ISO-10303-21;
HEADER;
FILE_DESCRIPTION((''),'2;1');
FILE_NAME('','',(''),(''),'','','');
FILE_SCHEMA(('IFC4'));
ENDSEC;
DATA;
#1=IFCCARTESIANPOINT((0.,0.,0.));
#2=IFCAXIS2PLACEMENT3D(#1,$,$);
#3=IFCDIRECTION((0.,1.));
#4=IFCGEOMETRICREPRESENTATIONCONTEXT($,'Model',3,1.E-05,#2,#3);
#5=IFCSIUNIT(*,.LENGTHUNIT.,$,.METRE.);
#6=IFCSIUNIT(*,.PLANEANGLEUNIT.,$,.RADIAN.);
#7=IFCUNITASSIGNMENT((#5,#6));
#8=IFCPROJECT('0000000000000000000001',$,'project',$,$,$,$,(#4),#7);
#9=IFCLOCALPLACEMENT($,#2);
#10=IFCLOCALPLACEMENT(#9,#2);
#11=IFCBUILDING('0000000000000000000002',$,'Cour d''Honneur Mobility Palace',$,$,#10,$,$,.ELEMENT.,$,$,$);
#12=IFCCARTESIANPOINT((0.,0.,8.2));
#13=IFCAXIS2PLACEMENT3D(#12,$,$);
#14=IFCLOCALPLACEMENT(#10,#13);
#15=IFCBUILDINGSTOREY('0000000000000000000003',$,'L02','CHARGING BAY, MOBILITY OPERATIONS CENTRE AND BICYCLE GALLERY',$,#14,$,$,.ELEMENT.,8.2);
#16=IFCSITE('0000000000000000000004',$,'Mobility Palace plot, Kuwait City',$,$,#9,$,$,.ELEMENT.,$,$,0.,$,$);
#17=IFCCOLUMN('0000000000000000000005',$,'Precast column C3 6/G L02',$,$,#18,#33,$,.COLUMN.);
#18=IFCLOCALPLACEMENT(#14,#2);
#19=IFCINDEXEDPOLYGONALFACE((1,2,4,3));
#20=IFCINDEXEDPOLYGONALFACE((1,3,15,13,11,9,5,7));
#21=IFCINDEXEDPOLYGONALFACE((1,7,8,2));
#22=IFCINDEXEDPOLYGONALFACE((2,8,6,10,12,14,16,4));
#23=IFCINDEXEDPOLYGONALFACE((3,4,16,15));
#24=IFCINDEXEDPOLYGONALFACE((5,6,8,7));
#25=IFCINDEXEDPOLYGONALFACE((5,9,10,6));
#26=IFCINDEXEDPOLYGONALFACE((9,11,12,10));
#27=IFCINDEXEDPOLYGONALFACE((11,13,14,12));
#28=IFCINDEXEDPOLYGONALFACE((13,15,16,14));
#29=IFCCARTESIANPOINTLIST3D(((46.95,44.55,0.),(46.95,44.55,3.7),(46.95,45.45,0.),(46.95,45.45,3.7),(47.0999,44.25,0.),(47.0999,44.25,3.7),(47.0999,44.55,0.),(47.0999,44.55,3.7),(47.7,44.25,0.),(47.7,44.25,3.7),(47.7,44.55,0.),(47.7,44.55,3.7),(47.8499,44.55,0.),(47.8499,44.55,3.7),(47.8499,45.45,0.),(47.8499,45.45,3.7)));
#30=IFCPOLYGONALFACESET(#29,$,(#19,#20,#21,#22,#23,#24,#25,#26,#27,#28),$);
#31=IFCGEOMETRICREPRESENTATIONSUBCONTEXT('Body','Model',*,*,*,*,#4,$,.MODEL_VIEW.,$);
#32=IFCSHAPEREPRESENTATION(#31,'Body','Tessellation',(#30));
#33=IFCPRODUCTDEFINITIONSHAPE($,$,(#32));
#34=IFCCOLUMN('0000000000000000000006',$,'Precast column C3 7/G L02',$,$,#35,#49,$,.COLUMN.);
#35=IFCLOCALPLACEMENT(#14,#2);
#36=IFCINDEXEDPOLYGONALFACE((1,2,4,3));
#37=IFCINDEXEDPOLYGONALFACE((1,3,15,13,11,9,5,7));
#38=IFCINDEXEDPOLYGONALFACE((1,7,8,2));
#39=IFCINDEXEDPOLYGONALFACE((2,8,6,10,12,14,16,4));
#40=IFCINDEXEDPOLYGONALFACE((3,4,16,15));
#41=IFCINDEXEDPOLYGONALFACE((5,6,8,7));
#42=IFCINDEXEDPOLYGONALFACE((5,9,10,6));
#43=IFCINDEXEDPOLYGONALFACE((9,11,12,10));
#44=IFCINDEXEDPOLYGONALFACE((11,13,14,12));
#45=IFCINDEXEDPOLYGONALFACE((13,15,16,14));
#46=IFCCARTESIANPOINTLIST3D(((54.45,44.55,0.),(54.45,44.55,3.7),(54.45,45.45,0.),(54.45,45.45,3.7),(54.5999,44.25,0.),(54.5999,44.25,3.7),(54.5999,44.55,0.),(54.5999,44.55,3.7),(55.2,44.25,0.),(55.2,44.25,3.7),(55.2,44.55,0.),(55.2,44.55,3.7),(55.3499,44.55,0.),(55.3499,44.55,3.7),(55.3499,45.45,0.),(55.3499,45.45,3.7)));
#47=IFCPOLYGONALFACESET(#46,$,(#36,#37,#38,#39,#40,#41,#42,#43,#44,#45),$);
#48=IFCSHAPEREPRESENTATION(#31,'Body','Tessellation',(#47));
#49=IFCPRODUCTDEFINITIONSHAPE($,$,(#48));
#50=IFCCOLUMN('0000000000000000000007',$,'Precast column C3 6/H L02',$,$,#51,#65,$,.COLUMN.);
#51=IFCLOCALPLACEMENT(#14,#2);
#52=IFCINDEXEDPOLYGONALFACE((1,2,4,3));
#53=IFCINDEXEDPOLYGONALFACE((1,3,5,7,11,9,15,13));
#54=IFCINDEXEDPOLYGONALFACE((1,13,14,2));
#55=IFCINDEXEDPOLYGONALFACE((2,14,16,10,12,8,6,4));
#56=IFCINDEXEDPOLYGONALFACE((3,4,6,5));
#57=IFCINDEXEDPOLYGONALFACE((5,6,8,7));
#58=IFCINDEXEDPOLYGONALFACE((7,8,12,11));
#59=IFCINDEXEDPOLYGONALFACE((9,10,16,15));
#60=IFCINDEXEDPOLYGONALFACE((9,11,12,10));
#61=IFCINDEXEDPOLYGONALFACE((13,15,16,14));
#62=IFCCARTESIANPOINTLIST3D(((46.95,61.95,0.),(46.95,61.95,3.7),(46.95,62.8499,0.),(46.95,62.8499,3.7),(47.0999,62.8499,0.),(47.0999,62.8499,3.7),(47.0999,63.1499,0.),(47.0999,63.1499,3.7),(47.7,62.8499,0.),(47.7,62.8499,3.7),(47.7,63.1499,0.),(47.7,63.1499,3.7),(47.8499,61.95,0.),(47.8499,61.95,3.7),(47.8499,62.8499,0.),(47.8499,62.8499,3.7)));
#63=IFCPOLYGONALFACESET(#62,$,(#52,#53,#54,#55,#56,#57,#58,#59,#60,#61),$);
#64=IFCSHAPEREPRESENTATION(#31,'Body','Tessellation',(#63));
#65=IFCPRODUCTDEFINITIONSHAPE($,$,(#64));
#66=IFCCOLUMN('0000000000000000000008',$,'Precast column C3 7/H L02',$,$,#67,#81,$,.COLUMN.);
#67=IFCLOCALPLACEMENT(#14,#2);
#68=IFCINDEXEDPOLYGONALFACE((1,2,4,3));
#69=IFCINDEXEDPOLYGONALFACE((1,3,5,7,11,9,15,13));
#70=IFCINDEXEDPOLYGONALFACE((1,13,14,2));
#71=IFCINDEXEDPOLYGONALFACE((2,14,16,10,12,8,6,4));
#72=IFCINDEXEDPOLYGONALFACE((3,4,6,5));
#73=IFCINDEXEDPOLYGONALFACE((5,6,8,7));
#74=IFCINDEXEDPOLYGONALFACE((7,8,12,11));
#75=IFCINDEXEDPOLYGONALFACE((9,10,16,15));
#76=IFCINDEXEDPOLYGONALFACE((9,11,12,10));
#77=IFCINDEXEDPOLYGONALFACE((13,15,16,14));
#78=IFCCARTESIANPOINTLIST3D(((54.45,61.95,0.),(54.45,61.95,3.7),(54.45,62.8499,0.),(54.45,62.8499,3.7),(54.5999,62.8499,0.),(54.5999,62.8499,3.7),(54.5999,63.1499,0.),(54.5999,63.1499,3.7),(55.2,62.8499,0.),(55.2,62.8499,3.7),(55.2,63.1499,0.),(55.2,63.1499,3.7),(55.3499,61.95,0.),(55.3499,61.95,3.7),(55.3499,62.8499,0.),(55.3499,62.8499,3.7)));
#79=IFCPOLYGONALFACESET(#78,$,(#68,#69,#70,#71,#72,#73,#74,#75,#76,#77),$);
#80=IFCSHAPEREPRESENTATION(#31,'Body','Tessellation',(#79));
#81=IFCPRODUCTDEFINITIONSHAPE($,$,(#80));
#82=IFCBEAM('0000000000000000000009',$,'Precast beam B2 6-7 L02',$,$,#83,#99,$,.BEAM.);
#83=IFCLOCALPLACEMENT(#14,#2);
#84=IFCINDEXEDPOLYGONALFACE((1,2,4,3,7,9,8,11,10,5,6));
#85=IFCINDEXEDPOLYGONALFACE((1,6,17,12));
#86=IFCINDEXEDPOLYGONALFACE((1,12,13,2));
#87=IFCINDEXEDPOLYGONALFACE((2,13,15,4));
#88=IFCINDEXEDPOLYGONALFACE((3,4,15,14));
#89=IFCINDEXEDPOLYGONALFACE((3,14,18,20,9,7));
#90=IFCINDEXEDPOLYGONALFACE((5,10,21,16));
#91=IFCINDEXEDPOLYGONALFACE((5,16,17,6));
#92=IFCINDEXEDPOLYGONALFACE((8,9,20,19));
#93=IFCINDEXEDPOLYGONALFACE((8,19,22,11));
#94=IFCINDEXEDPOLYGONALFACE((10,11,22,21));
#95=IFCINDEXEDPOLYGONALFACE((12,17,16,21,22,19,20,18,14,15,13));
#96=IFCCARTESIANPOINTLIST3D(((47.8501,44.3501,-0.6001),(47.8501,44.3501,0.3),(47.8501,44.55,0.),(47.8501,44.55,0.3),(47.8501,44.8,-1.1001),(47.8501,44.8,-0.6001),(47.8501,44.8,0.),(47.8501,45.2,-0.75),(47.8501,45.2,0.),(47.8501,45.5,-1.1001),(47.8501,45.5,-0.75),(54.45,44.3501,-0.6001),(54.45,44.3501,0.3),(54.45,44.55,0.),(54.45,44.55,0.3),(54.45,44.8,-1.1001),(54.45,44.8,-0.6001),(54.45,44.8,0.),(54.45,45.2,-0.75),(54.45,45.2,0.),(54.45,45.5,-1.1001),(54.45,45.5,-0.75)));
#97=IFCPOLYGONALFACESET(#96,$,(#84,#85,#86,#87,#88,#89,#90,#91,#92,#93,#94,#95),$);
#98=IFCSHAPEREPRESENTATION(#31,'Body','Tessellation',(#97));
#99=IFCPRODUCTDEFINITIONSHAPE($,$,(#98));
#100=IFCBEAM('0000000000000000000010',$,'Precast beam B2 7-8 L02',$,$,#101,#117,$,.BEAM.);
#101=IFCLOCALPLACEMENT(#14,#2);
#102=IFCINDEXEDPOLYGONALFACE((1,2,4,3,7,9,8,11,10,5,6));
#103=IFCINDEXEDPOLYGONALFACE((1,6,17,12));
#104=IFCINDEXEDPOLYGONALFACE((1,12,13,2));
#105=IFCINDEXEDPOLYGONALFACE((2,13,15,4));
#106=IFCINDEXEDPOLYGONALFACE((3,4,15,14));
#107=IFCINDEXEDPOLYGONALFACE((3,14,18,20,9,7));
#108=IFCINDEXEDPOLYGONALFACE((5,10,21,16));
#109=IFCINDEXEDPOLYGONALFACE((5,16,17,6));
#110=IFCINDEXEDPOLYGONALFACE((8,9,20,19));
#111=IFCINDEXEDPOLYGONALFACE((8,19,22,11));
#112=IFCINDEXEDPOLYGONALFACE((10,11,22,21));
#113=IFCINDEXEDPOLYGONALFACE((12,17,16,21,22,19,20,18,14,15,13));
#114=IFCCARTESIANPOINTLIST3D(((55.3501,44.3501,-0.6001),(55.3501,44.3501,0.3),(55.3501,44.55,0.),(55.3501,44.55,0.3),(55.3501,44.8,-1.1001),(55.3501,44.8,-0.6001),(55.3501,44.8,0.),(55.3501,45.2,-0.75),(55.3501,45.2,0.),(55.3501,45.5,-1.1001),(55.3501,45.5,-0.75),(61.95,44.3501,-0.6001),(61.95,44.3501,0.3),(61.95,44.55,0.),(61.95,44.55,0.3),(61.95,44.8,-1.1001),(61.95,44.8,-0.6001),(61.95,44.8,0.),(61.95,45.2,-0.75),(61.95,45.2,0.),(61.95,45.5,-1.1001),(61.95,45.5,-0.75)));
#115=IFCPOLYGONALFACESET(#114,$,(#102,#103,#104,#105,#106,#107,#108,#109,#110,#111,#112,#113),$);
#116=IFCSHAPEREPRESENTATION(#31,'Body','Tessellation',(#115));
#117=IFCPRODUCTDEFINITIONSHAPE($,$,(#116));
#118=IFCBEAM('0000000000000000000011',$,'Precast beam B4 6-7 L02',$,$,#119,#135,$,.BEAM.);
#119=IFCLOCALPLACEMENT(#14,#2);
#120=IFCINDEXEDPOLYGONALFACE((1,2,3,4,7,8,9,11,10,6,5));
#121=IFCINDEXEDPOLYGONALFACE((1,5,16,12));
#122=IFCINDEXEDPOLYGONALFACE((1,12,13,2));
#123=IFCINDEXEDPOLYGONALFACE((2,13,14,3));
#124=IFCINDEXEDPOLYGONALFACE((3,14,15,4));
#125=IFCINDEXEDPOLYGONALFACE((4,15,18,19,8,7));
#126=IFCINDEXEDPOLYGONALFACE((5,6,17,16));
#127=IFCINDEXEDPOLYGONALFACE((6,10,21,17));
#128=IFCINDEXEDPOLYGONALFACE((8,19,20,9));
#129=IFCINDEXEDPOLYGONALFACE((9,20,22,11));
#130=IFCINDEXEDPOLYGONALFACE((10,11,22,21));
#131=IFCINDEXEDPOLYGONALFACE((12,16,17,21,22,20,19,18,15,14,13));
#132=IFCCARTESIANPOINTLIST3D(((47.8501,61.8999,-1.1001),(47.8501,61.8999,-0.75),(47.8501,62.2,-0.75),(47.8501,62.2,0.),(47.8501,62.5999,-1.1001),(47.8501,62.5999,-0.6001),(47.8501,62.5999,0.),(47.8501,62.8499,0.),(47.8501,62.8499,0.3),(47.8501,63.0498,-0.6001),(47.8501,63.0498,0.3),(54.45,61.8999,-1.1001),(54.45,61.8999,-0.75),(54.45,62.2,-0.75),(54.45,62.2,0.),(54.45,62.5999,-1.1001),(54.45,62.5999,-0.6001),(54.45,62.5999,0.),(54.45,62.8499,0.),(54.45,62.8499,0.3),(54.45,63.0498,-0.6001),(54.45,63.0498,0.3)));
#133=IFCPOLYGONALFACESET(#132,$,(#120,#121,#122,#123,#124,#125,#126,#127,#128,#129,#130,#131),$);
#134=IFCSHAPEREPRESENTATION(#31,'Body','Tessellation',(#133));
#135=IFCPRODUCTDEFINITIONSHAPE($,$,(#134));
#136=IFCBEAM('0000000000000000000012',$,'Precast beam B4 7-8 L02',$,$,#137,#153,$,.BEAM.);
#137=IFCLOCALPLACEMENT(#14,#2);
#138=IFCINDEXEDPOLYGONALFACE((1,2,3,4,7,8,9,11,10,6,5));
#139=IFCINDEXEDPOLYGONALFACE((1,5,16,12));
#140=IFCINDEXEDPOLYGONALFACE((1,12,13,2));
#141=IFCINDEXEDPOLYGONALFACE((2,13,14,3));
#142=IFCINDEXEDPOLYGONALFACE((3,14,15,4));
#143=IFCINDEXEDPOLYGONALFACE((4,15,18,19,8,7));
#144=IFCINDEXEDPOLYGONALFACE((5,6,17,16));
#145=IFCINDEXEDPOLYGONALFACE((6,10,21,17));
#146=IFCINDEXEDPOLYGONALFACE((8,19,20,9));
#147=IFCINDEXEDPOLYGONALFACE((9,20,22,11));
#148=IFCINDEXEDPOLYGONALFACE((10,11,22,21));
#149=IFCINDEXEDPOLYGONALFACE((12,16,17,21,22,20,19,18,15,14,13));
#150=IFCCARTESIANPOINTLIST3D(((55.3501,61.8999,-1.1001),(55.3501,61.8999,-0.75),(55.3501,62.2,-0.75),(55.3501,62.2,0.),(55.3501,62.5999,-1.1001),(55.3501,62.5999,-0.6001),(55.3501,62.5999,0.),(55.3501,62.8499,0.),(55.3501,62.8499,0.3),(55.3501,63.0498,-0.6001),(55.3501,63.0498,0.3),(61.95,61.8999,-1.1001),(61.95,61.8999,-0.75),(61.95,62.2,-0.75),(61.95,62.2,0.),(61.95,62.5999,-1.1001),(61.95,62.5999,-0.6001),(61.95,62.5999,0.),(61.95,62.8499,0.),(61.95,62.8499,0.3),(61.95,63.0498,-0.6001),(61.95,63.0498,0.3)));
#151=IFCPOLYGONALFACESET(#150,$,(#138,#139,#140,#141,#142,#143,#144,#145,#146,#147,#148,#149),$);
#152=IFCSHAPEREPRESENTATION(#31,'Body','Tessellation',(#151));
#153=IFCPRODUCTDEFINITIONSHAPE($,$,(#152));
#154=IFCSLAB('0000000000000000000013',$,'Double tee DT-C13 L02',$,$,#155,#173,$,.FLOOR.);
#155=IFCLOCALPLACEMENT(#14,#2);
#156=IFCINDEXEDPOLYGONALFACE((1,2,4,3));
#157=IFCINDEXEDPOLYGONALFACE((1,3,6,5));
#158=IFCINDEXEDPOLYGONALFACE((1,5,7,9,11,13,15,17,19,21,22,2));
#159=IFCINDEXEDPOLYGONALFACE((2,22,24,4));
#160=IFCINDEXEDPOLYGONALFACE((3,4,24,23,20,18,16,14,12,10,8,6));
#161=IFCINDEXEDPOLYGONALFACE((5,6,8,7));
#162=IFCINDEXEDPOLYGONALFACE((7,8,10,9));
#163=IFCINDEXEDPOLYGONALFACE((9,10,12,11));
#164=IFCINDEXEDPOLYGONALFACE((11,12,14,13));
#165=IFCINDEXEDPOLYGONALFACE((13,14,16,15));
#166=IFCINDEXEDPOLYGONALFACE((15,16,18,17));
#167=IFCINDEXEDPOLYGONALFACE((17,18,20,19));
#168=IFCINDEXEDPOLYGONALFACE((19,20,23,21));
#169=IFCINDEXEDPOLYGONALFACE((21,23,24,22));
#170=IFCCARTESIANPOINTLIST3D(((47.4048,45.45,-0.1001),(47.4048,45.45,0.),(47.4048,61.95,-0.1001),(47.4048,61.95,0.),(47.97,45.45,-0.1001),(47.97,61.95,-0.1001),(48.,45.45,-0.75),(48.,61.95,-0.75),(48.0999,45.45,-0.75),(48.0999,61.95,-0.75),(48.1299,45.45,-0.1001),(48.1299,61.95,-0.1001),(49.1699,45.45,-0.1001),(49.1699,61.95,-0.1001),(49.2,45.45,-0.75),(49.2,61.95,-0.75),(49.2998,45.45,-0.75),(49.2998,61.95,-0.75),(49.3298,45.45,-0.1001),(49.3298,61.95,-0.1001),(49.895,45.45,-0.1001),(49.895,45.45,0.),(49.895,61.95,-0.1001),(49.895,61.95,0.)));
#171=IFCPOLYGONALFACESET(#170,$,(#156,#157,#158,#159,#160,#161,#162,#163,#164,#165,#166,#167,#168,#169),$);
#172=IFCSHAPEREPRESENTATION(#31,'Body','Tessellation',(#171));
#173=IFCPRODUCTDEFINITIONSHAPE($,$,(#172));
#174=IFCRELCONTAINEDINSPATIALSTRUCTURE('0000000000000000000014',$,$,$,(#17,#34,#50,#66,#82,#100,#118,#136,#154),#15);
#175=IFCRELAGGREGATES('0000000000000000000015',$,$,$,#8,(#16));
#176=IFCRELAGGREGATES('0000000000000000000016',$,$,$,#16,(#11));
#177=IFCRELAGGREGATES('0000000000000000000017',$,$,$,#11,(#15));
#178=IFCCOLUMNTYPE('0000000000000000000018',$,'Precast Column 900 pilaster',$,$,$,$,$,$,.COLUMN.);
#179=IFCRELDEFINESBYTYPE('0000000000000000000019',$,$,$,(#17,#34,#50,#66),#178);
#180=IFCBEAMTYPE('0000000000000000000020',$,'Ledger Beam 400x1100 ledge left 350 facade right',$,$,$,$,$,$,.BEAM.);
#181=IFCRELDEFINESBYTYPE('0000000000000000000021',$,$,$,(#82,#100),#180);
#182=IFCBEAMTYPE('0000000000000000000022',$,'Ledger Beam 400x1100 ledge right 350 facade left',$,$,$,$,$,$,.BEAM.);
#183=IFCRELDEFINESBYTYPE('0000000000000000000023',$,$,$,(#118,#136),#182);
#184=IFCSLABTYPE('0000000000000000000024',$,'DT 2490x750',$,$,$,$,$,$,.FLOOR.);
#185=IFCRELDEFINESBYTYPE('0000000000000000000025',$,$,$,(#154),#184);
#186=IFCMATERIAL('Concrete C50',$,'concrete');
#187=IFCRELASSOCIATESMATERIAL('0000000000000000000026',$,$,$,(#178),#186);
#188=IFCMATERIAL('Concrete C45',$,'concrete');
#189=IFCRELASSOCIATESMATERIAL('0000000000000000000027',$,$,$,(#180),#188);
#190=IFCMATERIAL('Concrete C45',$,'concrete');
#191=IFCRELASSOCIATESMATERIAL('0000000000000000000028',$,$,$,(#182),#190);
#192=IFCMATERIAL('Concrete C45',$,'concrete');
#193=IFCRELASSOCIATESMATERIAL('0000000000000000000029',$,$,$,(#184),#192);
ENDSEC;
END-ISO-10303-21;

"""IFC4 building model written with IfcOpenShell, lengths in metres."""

from ifc_helpers import new_model, si_unit, direction, frame, origin, place, context, subcontext, project, spatial, polyline, outline, extrude, material, material_profile, profile_set, type_object, element, save


model = new_model("IFC4")

# Units and contexts
model_context = context("Model", 3, precision=1e-05, world=origin(), true_north=direction((0.0, 1.0)))
body_context = subcontext(model_context, "Body", "Model", "MODEL_VIEW")
ifc_project = project(units=[si_unit("LENGTHUNIT", "METRE"), si_unit("PLANEANGLEUNIT", "RADIAN")], contexts=[model_context])

# Site, building, storey
site_placement = place(None, origin())
site = spatial("IfcSite", under=ifc_project, at=site_placement, Name="Mobility Palace plot, Kuwait City", CompositionType="ELEMENT", RefElevation=0.0)
building_placement = place(site_placement, origin())
building = spatial("IfcBuilding", under=site, at=building_placement, Name="Cour d'Honneur Mobility Palace", CompositionType="ELEMENT")
storey_placement = place(building_placement, frame((0.0, 0.0, 8.2)))
storey = spatial("IfcBuildingStorey", under=building, at=storey_placement, Name="L02", Description="CHARGING BAY, MOBILITY OPERATIONS CENTRE AND BICYCLE GALLERY", CompositionType="ELEMENT", Elevation=8.2)

# Columns
ifc_material_1 = material(Name="Concrete C50", Category="concrete")
ifc_material_profile_1 = material_profile(ifc_material_1, outline(polyline([(-0.45, -0.45), (0.45, -0.45), (0.45, -0.3), (0.75, -0.3), (0.75, 0.3), (0.45, 0.3), (0.45, 0.45), (-0.45, 0.45), (-0.45, -0.45)])), Name="PC C900 pilaster")
ifc_profile_set_1 = profile_set([ifc_material_profile_1], Name="Concrete C50")
column_type = type_object("IfcColumnType", Name="Precast Column 900 pilaster", PredefinedType="COLUMN", material=ifc_profile_set_1)
for number, where, z_axis, x_axis, name in (
    (1, (47.3999, 45.0, 0.0), (0.0, 0.0, 1.0), (0.0, -1.0, 0.0), "Precast column C3 6/G L02"),
    (2, (54.8999, 45.0, 0.0), (0.0, 0.0, 1.0), (0.0, -1.0, 0.0), "Precast column C3 7/G L02"),
    (3, (47.3999, 62.3999, 0.0), (0.0, 0.0, 1.0), (0.0, 1.0, 0.0), "Precast column C3 6/H L02"),
    (4, (54.8999, 62.3999, 0.0), (0.0, 0.0, 1.0), (0.0, 1.0, 0.0), "Precast column C3 7/H L02"),
):
    element("IfcColumn", number, at=place(storey_placement, frame(where, z_axis=z_axis, x_axis=x_axis)), inside=storey, type_object=column_type, Name=name, PredefinedType="COLUMN", context=body_context, shape_type="SweptSolid", body=[
        extrude(outline(polyline([(-0.45, -0.45), (0.45, -0.45), (0.45, -0.3), (0.75, -0.3), (0.75, 0.3), (0.45, 0.3), (0.45, 0.45), (-0.45, 0.45), (-0.45, -0.45)])), origin(), (0.0, 0.0, 1.0), 3.7),
    ])

# Beams
ifc_material_2 = material(Name="Concrete C45", Category="concrete")
ifc_material_profile_2 = material_profile(ifc_material_2, outline(polyline([(0.5, -1.1001), (0.5, -0.75), (0.2, -0.75), (0.2, 0.0), (-0.2, 0.0), (-0.45, 0.0), (-0.45, 0.3), (-0.6499, 0.3), (-0.6499, -0.6001), (-0.2, -0.6001), (-0.2, -1.1001), (0.5, -1.1001)])), Name="Ledger Beam 400x1100 ledge left 350 facade right")
ifc_profile_set_2 = profile_set([ifc_material_profile_2], Name="Concrete C45")
beam_type_1 = type_object("IfcBeamType", Name="Ledger Beam 400x1100 ledge left 350 facade right", PredefinedType="BEAM", material=ifc_profile_set_2)
for number, where, z_axis, x_axis, name in (
    (5, (47.8501, 45.0, 0.0), (1.0, 0.0, 0.0), (0.0, 1.0, 0.0), "Precast beam B2 6-7 L02"),
    (6, (55.3501, 45.0, 0.0), (1.0, 0.0, 0.0), (0.0, 1.0, 0.0), "Precast beam B2 7-8 L02"),
):
    element("IfcBeam", number, at=place(storey_placement, frame(where, z_axis=z_axis, x_axis=x_axis)), inside=storey, type_object=beam_type_1, Name=name, PredefinedType="BEAM", context=body_context, shape_type="SweptSolid", body=[
        extrude(outline(polyline([(0.5, -1.1001), (0.5, -0.75), (0.2, -0.75), (0.2, 0.0), (-0.2, 0.0), (-0.45, 0.0), (-0.45, 0.3), (-0.6499, 0.3), (-0.6499, -0.6001), (-0.2, -0.6001), (-0.2, -1.1001), (0.5, -1.1001)])), origin(), (0.0, 0.0, 1.0), 6.5999),
    ])
ifc_material_3 = material(Name="Concrete C45", Category="concrete")
ifc_material_profile_3 = material_profile(ifc_material_3, outline(polyline([(0.2, -1.1001), (0.2, -0.6001), (0.6499, -0.6001), (0.6499, 0.3), (0.45, 0.3), (0.45, 0.0), (0.2, 0.0), (-0.2, 0.0), (-0.2, -0.75), (-0.5, -0.75), (-0.5, -1.1001), (0.2, -1.1001)])), Name="Ledger Beam 400x1100 ledge right 350 facade left")
ifc_profile_set_3 = profile_set([ifc_material_profile_3], Name="Concrete C45")
beam_type_2 = type_object("IfcBeamType", Name="Ledger Beam 400x1100 ledge right 350 facade left", PredefinedType="BEAM", material=ifc_profile_set_3)
for number, where, z_axis, x_axis, name in (
    (7, (47.8501, 62.3999, 0.0), (1.0, 0.0, 0.0), (0.0, 1.0, 0.0), "Precast beam B4 6-7 L02"),
    (8, (55.3501, 62.3999, 0.0), (1.0, 0.0, 0.0), (0.0, 1.0, 0.0), "Precast beam B4 7-8 L02"),
):
    element("IfcBeam", number, at=place(storey_placement, frame(where, z_axis=z_axis, x_axis=x_axis)), inside=storey, type_object=beam_type_2, Name=name, PredefinedType="BEAM", context=body_context, shape_type="SweptSolid", body=[
        extrude(outline(polyline([(0.2, -1.1001), (0.2, -0.6001), (0.6499, -0.6001), (0.6499, 0.3), (0.45, 0.3), (0.45, 0.0), (0.2, 0.0), (-0.2, 0.0), (-0.2, -0.75), (-0.5, -0.75), (-0.5, -1.1001), (0.2, -1.1001)])), origin(), (0.0, 0.0, 1.0), 6.5999),
    ])

# Slab
ifc_material_4 = material(Name="Concrete C45", Category="concrete")
ifc_material_profile_4 = material_profile(ifc_material_4, outline(polyline([(-1.2451, 0.0), (1.2451, 0.0), (1.2451, -0.1001), (0.6799, -0.1001), (0.6499, -0.75), (0.55, -0.75), (0.52, -0.1001), (-0.52, -0.1001), (-0.55, -0.75), (-0.6499, -0.75), (-0.6799, -0.1001), (-1.2451, -0.1001), (-1.2451, 0.0)])), Name="DT 2490x750")
ifc_profile_set_4 = profile_set([ifc_material_profile_4], Name="Concrete C45")
slab_type = type_object("IfcSlabType", Name="DT 2490x750", PredefinedType="FLOOR", material=ifc_profile_set_4)
slab_1_placement = place(storey_placement, frame((48.6499, 45.45, 0.0), z_axis=(0.0, 1.0, 0.0), x_axis=(-1.0, 0.0, 0.0)))
element("IfcSlab", 9, at=slab_1_placement, inside=storey, type_object=slab_type, Name="Double tee DT-C13 L02", PredefinedType="FLOOR", context=body_context, shape_type="SweptSolid", body=[
    extrude(outline(polyline([(-1.2451, 0.0), (1.2451, 0.0), (1.2451, -0.1001), (0.6799, -0.1001), (0.6499, -0.75), (0.55, -0.75), (0.52, -0.1001), (-0.52, -0.1001), (-0.55, -0.75), (-0.6499, -0.75), (-0.6799, -0.1001), (-1.2451, -0.1001), (-1.2451, 0.0)])), origin(), (0.0, 0.0, 1.0), 16.5),
])

save(model, "model.ifc")
